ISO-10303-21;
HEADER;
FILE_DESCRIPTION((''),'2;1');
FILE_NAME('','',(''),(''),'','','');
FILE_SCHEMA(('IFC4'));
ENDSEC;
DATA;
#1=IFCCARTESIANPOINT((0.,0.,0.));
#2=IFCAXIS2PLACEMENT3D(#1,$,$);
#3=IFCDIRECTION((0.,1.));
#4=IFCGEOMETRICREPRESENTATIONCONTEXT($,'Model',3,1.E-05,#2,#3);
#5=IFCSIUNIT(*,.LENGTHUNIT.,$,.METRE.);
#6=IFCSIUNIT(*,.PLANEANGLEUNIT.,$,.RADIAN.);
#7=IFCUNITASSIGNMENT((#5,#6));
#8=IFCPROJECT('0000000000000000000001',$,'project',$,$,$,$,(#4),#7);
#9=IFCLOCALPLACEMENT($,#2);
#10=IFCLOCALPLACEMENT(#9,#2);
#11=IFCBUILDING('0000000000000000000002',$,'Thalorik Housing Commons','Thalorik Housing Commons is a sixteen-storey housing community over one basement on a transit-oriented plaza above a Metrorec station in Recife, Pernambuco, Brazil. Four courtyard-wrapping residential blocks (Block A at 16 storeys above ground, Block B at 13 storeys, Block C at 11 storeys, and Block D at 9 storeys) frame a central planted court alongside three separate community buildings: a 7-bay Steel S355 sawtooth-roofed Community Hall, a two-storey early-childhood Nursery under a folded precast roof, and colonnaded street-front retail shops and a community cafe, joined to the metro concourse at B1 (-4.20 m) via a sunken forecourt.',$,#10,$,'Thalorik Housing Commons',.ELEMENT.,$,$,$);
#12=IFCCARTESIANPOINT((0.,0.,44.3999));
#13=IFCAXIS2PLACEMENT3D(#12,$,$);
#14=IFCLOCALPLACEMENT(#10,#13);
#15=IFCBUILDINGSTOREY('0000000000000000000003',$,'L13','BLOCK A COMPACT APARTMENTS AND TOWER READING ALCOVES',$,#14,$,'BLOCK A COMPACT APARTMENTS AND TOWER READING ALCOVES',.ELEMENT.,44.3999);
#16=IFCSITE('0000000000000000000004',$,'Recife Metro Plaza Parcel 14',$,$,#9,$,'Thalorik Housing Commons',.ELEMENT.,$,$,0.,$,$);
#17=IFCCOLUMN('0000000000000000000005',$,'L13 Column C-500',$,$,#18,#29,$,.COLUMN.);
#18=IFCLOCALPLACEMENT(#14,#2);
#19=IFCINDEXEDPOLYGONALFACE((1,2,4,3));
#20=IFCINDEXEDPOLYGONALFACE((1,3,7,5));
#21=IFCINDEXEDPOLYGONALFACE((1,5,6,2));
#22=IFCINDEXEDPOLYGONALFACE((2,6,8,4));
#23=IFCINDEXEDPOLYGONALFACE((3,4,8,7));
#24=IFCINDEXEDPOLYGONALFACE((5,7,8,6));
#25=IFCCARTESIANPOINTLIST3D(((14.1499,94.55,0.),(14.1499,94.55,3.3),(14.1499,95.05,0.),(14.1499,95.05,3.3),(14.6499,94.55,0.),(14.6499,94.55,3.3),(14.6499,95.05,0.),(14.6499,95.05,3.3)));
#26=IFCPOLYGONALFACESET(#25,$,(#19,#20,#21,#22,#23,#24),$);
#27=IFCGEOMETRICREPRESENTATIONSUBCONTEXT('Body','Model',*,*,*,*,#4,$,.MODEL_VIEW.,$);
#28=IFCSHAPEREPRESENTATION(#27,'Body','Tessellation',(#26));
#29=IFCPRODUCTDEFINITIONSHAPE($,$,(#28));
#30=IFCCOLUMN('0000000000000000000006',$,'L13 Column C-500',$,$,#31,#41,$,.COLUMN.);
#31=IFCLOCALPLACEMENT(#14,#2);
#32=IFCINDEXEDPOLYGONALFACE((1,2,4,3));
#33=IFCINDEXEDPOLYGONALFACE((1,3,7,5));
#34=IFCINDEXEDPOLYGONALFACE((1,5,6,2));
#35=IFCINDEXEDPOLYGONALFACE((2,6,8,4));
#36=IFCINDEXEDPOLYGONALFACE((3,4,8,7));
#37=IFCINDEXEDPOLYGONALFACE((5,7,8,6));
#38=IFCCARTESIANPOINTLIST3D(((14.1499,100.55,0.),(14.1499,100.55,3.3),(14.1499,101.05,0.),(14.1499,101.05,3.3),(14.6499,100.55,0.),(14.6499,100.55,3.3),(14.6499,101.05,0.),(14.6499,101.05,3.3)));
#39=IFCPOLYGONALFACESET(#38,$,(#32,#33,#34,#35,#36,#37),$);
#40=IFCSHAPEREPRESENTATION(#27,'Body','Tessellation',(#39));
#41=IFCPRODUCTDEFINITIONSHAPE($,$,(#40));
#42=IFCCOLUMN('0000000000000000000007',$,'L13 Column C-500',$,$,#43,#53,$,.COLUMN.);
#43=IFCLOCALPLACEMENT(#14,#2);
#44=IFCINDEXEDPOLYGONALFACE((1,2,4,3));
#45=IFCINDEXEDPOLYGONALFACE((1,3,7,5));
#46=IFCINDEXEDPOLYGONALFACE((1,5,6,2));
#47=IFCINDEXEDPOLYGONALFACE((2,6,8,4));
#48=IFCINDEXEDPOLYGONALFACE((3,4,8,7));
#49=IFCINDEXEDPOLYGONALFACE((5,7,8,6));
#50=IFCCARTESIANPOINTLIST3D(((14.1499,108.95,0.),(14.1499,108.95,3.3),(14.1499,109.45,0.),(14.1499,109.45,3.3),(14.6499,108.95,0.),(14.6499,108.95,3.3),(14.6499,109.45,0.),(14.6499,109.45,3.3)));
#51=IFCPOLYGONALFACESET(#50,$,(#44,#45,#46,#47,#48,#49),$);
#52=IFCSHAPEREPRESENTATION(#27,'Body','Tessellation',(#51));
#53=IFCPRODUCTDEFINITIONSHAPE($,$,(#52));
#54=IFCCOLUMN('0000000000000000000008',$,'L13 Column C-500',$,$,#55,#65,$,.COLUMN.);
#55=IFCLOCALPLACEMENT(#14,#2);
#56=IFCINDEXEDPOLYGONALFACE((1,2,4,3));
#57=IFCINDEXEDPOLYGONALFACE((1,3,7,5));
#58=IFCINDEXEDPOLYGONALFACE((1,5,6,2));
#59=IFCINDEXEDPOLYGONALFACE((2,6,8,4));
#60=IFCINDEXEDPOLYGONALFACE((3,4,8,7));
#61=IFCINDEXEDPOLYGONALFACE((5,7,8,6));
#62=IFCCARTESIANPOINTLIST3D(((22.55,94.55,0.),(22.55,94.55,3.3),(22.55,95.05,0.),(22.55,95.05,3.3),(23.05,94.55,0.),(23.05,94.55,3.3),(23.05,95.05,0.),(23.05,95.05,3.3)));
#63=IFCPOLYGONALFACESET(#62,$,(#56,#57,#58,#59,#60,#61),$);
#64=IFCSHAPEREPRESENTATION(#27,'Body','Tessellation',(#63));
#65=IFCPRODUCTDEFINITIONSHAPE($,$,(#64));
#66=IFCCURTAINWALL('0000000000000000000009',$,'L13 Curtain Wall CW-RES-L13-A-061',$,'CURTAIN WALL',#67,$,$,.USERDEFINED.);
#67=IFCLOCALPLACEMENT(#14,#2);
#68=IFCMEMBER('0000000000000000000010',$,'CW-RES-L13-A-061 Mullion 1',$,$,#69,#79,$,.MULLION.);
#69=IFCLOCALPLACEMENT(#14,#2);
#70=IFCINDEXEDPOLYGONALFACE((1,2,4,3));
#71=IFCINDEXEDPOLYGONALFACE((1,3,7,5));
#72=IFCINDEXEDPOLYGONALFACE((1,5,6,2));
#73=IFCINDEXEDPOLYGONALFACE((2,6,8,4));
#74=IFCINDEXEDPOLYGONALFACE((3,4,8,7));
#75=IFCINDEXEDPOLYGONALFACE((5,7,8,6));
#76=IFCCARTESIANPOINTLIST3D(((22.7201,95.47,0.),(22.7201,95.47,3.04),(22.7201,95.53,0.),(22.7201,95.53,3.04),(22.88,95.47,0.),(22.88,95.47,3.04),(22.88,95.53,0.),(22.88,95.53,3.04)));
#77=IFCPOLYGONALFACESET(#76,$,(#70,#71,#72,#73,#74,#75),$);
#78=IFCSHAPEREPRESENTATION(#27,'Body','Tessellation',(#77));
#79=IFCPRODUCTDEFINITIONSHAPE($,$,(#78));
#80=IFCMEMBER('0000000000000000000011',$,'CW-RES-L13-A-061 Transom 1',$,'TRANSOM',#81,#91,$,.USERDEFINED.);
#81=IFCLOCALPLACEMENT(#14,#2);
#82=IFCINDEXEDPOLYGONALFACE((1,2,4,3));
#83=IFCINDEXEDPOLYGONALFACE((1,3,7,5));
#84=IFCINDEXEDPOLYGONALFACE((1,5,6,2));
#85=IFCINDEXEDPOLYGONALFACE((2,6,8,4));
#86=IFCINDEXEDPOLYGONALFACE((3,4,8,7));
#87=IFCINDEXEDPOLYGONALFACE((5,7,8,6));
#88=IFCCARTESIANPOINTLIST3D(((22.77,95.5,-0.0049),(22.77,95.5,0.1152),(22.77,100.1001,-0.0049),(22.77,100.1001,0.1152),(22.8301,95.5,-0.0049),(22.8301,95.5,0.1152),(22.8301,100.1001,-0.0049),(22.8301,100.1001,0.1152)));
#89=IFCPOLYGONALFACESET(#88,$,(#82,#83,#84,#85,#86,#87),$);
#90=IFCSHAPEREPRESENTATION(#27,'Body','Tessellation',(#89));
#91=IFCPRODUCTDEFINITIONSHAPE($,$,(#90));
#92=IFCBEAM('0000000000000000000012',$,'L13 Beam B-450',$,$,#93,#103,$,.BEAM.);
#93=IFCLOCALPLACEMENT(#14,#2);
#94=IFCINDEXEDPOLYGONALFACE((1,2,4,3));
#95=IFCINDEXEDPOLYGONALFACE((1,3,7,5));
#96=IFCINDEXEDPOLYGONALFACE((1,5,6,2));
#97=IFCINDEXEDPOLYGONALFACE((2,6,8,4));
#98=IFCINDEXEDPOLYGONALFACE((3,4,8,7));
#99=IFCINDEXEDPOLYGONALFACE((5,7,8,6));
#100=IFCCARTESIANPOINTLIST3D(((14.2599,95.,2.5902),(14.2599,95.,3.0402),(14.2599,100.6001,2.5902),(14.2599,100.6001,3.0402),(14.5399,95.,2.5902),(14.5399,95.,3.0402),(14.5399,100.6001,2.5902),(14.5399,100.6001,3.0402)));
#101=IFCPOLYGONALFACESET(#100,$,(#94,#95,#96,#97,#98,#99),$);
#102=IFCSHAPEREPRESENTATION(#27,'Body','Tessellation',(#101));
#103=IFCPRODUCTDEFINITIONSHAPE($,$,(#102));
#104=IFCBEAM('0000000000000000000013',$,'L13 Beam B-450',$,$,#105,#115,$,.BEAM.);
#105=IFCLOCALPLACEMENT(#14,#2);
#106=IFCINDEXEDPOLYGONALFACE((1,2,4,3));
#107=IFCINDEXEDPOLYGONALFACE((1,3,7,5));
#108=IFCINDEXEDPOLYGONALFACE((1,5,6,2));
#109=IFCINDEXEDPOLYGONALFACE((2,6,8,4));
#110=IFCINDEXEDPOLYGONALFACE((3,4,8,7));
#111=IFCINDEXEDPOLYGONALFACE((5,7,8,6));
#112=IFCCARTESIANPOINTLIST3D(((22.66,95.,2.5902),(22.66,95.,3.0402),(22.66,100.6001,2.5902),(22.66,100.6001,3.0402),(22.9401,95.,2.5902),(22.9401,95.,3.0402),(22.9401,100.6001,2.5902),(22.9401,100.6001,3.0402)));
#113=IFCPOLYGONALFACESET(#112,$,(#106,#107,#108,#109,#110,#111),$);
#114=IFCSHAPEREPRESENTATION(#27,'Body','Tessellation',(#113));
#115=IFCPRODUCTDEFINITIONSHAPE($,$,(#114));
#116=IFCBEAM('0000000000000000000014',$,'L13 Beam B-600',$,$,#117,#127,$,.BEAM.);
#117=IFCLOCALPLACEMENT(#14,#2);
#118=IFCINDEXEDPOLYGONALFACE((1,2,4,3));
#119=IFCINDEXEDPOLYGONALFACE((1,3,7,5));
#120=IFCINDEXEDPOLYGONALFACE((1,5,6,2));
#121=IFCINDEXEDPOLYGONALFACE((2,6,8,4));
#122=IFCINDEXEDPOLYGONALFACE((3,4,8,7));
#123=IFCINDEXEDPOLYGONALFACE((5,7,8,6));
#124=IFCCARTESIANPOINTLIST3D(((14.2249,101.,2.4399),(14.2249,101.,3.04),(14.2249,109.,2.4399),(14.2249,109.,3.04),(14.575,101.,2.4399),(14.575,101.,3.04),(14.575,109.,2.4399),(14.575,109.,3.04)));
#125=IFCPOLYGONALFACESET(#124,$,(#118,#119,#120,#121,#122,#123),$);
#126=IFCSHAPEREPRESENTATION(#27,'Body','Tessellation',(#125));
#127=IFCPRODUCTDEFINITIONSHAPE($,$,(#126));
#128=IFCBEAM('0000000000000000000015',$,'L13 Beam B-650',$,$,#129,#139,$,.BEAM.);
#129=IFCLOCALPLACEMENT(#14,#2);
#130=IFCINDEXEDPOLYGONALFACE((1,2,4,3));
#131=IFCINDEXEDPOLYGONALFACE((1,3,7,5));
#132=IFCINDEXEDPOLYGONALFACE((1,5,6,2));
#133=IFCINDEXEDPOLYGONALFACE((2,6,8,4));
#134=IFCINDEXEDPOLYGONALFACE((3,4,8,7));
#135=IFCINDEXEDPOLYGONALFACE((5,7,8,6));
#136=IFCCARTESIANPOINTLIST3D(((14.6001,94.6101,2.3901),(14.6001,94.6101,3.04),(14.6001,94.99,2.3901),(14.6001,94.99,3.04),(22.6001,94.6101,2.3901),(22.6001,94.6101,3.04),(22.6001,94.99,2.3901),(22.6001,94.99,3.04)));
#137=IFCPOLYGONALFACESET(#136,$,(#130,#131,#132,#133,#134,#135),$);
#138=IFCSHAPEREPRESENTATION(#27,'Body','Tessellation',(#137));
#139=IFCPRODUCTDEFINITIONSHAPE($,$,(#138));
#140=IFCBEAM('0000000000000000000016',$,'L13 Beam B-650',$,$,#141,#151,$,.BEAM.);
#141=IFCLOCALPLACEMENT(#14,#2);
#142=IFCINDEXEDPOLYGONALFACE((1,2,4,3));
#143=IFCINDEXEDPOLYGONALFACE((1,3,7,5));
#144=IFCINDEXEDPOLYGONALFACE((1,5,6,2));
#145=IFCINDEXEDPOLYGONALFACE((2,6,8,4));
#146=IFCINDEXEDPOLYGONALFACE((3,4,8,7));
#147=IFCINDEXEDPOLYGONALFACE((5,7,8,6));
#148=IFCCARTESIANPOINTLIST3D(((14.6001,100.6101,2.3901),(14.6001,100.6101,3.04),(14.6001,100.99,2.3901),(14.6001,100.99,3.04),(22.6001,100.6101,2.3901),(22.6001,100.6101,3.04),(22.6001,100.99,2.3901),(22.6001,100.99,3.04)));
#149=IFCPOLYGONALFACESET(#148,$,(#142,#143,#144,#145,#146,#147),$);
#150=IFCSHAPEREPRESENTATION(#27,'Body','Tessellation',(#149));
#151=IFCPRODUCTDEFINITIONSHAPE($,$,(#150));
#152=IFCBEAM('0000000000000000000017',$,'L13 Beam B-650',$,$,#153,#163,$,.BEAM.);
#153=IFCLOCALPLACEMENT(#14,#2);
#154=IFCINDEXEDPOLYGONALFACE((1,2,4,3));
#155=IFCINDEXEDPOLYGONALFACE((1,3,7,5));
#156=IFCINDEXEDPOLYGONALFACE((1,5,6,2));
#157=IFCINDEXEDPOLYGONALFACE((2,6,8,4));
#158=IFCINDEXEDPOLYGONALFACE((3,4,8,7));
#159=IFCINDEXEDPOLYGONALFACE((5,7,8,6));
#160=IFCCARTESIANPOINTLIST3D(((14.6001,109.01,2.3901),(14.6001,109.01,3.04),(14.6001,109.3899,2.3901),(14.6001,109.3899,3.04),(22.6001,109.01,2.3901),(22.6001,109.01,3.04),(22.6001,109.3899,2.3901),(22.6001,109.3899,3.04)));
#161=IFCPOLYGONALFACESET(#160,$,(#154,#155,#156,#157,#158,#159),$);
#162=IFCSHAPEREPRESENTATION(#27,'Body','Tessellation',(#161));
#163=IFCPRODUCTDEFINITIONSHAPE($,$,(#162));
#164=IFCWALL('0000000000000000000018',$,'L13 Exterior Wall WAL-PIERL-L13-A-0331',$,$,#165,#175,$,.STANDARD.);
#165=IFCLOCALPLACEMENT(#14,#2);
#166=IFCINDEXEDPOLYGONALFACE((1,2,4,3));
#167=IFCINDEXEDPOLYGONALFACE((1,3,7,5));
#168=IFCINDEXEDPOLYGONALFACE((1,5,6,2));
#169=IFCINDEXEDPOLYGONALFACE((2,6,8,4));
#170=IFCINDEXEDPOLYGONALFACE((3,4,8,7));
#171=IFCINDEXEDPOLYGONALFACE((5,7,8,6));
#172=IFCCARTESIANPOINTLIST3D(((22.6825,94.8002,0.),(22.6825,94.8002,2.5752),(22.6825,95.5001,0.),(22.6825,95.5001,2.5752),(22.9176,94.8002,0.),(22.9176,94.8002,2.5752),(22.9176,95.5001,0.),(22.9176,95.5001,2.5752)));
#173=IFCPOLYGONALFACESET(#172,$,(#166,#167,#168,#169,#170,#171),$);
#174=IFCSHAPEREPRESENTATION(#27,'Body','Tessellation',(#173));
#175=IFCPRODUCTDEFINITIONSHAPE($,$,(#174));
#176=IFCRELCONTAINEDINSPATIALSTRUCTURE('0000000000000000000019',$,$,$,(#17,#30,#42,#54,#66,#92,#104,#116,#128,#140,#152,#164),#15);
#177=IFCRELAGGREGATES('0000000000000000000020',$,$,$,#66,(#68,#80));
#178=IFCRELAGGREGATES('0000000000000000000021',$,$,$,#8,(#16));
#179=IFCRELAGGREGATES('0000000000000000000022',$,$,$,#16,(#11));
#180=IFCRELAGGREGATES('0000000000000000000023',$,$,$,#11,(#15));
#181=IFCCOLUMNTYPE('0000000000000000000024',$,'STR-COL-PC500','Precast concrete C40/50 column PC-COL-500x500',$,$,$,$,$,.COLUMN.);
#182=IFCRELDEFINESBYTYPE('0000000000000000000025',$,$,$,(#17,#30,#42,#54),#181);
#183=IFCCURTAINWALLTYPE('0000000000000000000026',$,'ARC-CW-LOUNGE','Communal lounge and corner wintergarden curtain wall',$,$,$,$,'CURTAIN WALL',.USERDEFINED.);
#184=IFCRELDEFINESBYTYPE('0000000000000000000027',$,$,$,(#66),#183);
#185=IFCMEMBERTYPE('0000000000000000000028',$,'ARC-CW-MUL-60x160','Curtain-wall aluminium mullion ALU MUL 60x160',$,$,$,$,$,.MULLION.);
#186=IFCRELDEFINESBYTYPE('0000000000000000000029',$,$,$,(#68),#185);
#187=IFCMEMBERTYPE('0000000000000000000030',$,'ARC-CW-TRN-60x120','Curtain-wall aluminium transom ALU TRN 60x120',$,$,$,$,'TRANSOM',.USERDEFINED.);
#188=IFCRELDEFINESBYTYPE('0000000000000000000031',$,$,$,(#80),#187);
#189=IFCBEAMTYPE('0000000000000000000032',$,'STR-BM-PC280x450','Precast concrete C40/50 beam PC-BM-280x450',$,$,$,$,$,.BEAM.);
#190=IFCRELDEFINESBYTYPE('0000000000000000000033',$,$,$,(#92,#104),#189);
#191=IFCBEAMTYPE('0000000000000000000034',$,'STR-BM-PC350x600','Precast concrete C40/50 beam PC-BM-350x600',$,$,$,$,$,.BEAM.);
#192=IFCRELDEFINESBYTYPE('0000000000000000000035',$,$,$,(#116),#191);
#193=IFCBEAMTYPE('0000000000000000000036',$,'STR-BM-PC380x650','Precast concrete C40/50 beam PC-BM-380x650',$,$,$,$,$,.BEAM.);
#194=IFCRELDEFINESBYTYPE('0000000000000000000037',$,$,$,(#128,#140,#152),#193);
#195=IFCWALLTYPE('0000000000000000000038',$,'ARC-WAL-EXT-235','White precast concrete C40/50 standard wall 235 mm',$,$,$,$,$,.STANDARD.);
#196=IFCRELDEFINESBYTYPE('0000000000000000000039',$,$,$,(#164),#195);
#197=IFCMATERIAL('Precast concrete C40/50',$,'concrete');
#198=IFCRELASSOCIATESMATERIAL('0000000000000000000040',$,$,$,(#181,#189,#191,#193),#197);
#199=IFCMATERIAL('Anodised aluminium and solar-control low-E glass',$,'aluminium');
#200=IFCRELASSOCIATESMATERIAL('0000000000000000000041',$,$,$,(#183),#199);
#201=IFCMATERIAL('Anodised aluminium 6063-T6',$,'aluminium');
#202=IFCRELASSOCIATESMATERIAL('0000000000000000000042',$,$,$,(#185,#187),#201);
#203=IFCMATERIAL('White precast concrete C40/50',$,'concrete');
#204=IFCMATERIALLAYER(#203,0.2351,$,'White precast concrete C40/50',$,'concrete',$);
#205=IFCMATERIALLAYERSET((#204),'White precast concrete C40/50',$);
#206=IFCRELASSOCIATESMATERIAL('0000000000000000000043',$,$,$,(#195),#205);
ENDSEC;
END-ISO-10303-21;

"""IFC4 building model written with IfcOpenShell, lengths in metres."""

from ifc_helpers import new_model, si_unit, direction, frame, frame_2d, origin, origin_2d, place, context, subcontext, project, spatial, rectangle, extrude, material, layer, layer_set, material_profile, profile_set, type_object, element, aggregate, save


model = new_model("IFC4")

# Units and contexts
model_context = context("Model", 3, precision=1e-05, world=origin(), true_north=direction((0.0, 1.0)))
body_context = subcontext(model_context, "Body", "Model", "MODEL_VIEW")
ifc_project = project(units=[si_unit("LENGTHUNIT", "METRE"), si_unit("PLANEANGLEUNIT", "RADIAN")], contexts=[model_context])

# Site, building, storey
site_placement = place(None, origin())
site = spatial("IfcSite", under=ifc_project, at=site_placement, Name="Recife Metro Plaza Parcel 14", LongName="Thalorik Housing Commons", CompositionType="ELEMENT", RefElevation=0.0)
building_placement = place(site_placement, origin())
building = spatial("IfcBuilding", under=site, at=building_placement, Name="Thalorik Housing Commons", Description="Thalorik Housing Commons is a sixteen-storey housing community over one basement on a transit-oriented plaza above a Metrorec station in Recife, Pernambuco, Brazil. Four courtyard-wrapping residential blocks (Block A at 16 storeys above ground, Block B at 13 storeys, Block C at 11 storeys, and Block D at 9 storeys) frame a central planted court alongside three separate community buildings: a 7-bay Steel S355 sawtooth-roofed Community Hall, a two-storey early-childhood Nursery under a folded precast roof, and colonnaded street-front retail shops and a community cafe, joined to the metro concourse at B1 (-4.20 m) via a sunken forecourt.", LongName="Thalorik Housing Commons", CompositionType="ELEMENT")
storey_placement = place(building_placement, frame((0.0, 0.0, 44.3999)))
storey = spatial("IfcBuildingStorey", under=building, at=storey_placement, Name="L13", Description="BLOCK A COMPACT APARTMENTS AND TOWER READING ALCOVES", LongName="BLOCK A COMPACT APARTMENTS AND TOWER READING ALCOVES", CompositionType="ELEMENT", Elevation=44.3999)

# Columns
ifc_material_1 = material(Name="Precast concrete C40/50", Category="concrete")
ifc_material_profile_1 = material_profile(ifc_material_1, rectangle(XDim=0.5, YDim=0.5, at=origin_2d()), Name="PC 500x500", Category="concrete")
ifc_profile_set_1 = profile_set([ifc_material_profile_1], Name="Precast concrete C40/50")
column_type = type_object("IfcColumnType", Name="STR-COL-PC500", Description="Precast concrete C40/50 column PC-COL-500x500", PredefinedType="COLUMN", material=ifc_profile_set_1)
for number, where, z_axis, x_axis, name in (
    (1, (14.3999, 94.8, 0.0), (0.0, 0.0, 1.0), (1.0, 0.0, 0.0), "L13 Column C-500"),
    (2, (14.3999, 100.8, 0.0), (0.0, 0.0, 1.0), (1.0, 0.0, 0.0), "L13 Column C-500"),
    (3, (14.3999, 109.2, 0.0), (0.0, 0.0, 1.0), (1.0, 0.0, 0.0), "L13 Column C-500"),
    (4, (22.8, 94.8, 0.0), (0.0, 0.0, 1.0), (1.0, 0.0, 0.0), "L13 Column C-500"),
):
    element("IfcColumn", number, at=place(storey_placement, frame(where, z_axis=z_axis, x_axis=x_axis)), inside=storey, type_object=column_type, Name=name, PredefinedType="COLUMN", context=body_context, shape_type="SweptSolid", body=[
        extrude(rectangle(XDim=0.5, YDim=0.5, at=origin_2d()), origin(), (0.0, 0.0, 1.0), 3.3),
    ])

# Curtain wall, members
ifc_material_2 = material(Name="Anodised aluminium and solar-control low-E glass", Category="aluminium")
curtain_wall_type = type_object("IfcCurtainWallType", Name="ARC-CW-LOUNGE", Description="Communal lounge and corner wintergarden curtain wall", ElementType="CURTAIN WALL", PredefinedType="USERDEFINED", material=ifc_material_2)
curtain_wall_placement = place(storey_placement, origin())
curtain_wall = element("IfcCurtainWall", 5, at=curtain_wall_placement, inside=storey, type_object=curtain_wall_type, Name="L13 Curtain Wall CW-RES-L13-A-061", ObjectType="CURTAIN WALL", PredefinedType="USERDEFINED")
ifc_material_3 = material(Name="Anodised aluminium 6063-T6", Category="aluminium")
ifc_material_profile_2 = material_profile(ifc_material_3, rectangle(XDim=0.0601, YDim=0.1599, at=origin_2d()), Name="ALU MUL 60x160", Category="aluminium")
ifc_profile_set_2 = profile_set([ifc_material_profile_2], Name="Anodised aluminium 6063-T6")
member_type_1 = type_object("IfcMemberType", Name="ARC-CW-MUL-60x160", Description="Curtain-wall aluminium mullion ALU MUL 60x160", PredefinedType="MULLION", material=ifc_profile_set_2)
member_1_placement = place(storey_placement, frame((22.8, 95.5, 0.0), z_axis=(0.0, 0.0, 1.0), x_axis=(0.0, 1.0, 0.0)))
member_1 = element("IfcMember", 6, at=member_1_placement, type_object=member_type_1, Name="CW-RES-L13-A-061 Mullion 1", PredefinedType="MULLION", context=body_context, shape_type="SweptSolid", body=[
    extrude(rectangle(XDim=0.0601, YDim=0.1599, at=origin_2d()), origin(), (0.0, 0.0, 1.0), 3.04),
])
ifc_material_profile_3 = material_profile(ifc_material_3, rectangle(XDim=0.0601, YDim=0.1201, at=origin_2d()), Name="ALU TRN 60x120", Category="aluminium")
ifc_profile_set_3 = profile_set([ifc_material_profile_3], Name="Anodised aluminium 6063-T6")
member_type_2 = type_object("IfcMemberType", Name="ARC-CW-TRN-60x120", Description="Curtain-wall aluminium transom ALU TRN 60x120", ElementType="TRANSOM", PredefinedType="USERDEFINED", material=ifc_profile_set_3)
member_2_placement = place(storey_placement, frame((22.8, 95.5, 0.0552), z_axis=(0.0, 1.0, 0.0), x_axis=(-1.0, 0.0, 0.0)))
member_2 = element("IfcMember", 7, at=member_2_placement, type_object=member_type_2, Name="CW-RES-L13-A-061 Transom 1", ObjectType="TRANSOM", PredefinedType="USERDEFINED", context=body_context, shape_type="SweptSolid", body=[
    extrude(rectangle(XDim=0.0601, YDim=0.1201, at=origin_2d()), origin(), (0.0, 0.0, 1.0), 4.6001),
])
aggregate(curtain_wall, [member_1, member_2])

# Beams
ifc_material_profile_4 = material_profile(ifc_material_1, rectangle(XDim=0.28, YDim=0.45, at=origin_2d()), Name="PC 280x450", Category="concrete")
ifc_profile_set_4 = profile_set([ifc_material_profile_4], Name="Precast concrete C40/50")
beam_type_1 = type_object("IfcBeamType", Name="STR-BM-PC280x450", Description="Precast concrete C40/50 beam PC-BM-280x450", PredefinedType="BEAM", material=ifc_profile_set_4)
for number, where, z_axis, x_axis, name in (
    (8, (14.3999, 95.0, 2.8152), (0.0, 1.0, 0.0), (-1.0, 0.0, 0.0), "L13 Beam B-450"),
    (9, (22.8, 95.0, 2.8152), (0.0, 1.0, 0.0), (-1.0, 0.0, 0.0), "L13 Beam B-450"),
):
    element("IfcBeam", number, at=place(storey_placement, frame(where, z_axis=z_axis, x_axis=x_axis)), inside=storey, type_object=beam_type_1, Name=name, PredefinedType="BEAM", context=body_context, shape_type="SweptSolid", body=[
        extrude(rectangle(XDim=0.28, YDim=0.45, at=origin_2d()), origin(), (0.0, 0.0, 1.0), 5.6001),
    ])
ifc_material_profile_5 = material_profile(ifc_material_1, rectangle(XDim=0.3501, YDim=0.6001, at=origin_2d()), Name="PC 350x600", Category="concrete")
ifc_profile_set_5 = profile_set([ifc_material_profile_5], Name="Precast concrete C40/50")
beam_type_2 = type_object("IfcBeamType", Name="STR-BM-PC350x600", Description="Precast concrete C40/50 beam PC-BM-350x600", PredefinedType="BEAM", material=ifc_profile_set_5)
beam_placement = place(storey_placement, frame((14.3999, 101.0, 2.74), z_axis=(0.0, 1.0, 0.0), x_axis=(-1.0, 0.0, 0.0)))
element("IfcBeam", 10, at=beam_placement, inside=storey, type_object=beam_type_2, Name="L13 Beam B-600", PredefinedType="BEAM", context=body_context, shape_type="SweptSolid", body=[
    extrude(rectangle(XDim=0.3501, YDim=0.6001, at=origin_2d()), origin(), (0.0, 0.0, 1.0), 8.0),
])
ifc_material_profile_6 = material_profile(ifc_material_1, rectangle(XDim=0.3799, YDim=0.6499, at=origin_2d()), Name="PC 380x650", Category="concrete")
ifc_profile_set_6 = profile_set([ifc_material_profile_6], Name="Precast concrete C40/50")
beam_type_3 = type_object("IfcBeamType", Name="STR-BM-PC380x650", Description="Precast concrete C40/50 beam PC-BM-380x650", PredefinedType="BEAM", material=ifc_profile_set_6)
for number, where, z_axis, x_axis, name in (
    (11, (14.6001, 94.8, 2.7151), (1.0, 0.0, 0.0), (0.0, 1.0, 0.0), "L13 Beam B-650"),
    (12, (14.6001, 100.8, 2.7151), (1.0, 0.0, 0.0), (0.0, 1.0, 0.0), "L13 Beam B-650"),
    (13, (14.6001, 109.2, 2.7151), (1.0, 0.0, 0.0), (0.0, 1.0, 0.0), "L13 Beam B-650"),
):
    element("IfcBeam", number, at=place(storey_placement, frame(where, z_axis=z_axis, x_axis=x_axis)), inside=storey, type_object=beam_type_3, Name=name, PredefinedType="BEAM", context=body_context, shape_type="SweptSolid", body=[
        extrude(rectangle(XDim=0.3799, YDim=0.6499, at=origin_2d()), origin(), (0.0, 0.0, 1.0), 8.0),
    ])

# Wall
ifc_material_4 = material(Name="White precast concrete C40/50", Category="concrete")
ifc_layer_1 = layer(ifc_material_4, 0.2351, Name="White precast concrete C40/50", Category="concrete")
ifc_layer_set_1 = layer_set([ifc_layer_1], Name="White precast concrete C40/50")
wall_type_1 = type_object("IfcWallType", Name="ARC-WAL-EXT-235", Description="White precast concrete C40/50 standard wall 235 mm", PredefinedType="STANDARD", material=ifc_layer_set_1)
wall_1_placement = place(storey_placement, frame((22.8, 94.8, 0.0), z_axis=(0.0, 0.0, 1.0), x_axis=(0.0, 1.0, 0.0)))
element("IfcWall", 14, at=wall_1_placement, inside=storey, type_object=wall_type_1, Name="L13 Exterior Wall WAL-PIERL-L13-A-0331", PredefinedType="STANDARD", context=body_context, shape_type="SweptSolid", body=[
    extrude(rectangle(XDim=0.7, YDim=0.2351, at=frame_2d((0.3501, 0.0))), origin(), (0.0, 0.0, 1.0), 2.5752),
])

save(model, "model.ifc")
